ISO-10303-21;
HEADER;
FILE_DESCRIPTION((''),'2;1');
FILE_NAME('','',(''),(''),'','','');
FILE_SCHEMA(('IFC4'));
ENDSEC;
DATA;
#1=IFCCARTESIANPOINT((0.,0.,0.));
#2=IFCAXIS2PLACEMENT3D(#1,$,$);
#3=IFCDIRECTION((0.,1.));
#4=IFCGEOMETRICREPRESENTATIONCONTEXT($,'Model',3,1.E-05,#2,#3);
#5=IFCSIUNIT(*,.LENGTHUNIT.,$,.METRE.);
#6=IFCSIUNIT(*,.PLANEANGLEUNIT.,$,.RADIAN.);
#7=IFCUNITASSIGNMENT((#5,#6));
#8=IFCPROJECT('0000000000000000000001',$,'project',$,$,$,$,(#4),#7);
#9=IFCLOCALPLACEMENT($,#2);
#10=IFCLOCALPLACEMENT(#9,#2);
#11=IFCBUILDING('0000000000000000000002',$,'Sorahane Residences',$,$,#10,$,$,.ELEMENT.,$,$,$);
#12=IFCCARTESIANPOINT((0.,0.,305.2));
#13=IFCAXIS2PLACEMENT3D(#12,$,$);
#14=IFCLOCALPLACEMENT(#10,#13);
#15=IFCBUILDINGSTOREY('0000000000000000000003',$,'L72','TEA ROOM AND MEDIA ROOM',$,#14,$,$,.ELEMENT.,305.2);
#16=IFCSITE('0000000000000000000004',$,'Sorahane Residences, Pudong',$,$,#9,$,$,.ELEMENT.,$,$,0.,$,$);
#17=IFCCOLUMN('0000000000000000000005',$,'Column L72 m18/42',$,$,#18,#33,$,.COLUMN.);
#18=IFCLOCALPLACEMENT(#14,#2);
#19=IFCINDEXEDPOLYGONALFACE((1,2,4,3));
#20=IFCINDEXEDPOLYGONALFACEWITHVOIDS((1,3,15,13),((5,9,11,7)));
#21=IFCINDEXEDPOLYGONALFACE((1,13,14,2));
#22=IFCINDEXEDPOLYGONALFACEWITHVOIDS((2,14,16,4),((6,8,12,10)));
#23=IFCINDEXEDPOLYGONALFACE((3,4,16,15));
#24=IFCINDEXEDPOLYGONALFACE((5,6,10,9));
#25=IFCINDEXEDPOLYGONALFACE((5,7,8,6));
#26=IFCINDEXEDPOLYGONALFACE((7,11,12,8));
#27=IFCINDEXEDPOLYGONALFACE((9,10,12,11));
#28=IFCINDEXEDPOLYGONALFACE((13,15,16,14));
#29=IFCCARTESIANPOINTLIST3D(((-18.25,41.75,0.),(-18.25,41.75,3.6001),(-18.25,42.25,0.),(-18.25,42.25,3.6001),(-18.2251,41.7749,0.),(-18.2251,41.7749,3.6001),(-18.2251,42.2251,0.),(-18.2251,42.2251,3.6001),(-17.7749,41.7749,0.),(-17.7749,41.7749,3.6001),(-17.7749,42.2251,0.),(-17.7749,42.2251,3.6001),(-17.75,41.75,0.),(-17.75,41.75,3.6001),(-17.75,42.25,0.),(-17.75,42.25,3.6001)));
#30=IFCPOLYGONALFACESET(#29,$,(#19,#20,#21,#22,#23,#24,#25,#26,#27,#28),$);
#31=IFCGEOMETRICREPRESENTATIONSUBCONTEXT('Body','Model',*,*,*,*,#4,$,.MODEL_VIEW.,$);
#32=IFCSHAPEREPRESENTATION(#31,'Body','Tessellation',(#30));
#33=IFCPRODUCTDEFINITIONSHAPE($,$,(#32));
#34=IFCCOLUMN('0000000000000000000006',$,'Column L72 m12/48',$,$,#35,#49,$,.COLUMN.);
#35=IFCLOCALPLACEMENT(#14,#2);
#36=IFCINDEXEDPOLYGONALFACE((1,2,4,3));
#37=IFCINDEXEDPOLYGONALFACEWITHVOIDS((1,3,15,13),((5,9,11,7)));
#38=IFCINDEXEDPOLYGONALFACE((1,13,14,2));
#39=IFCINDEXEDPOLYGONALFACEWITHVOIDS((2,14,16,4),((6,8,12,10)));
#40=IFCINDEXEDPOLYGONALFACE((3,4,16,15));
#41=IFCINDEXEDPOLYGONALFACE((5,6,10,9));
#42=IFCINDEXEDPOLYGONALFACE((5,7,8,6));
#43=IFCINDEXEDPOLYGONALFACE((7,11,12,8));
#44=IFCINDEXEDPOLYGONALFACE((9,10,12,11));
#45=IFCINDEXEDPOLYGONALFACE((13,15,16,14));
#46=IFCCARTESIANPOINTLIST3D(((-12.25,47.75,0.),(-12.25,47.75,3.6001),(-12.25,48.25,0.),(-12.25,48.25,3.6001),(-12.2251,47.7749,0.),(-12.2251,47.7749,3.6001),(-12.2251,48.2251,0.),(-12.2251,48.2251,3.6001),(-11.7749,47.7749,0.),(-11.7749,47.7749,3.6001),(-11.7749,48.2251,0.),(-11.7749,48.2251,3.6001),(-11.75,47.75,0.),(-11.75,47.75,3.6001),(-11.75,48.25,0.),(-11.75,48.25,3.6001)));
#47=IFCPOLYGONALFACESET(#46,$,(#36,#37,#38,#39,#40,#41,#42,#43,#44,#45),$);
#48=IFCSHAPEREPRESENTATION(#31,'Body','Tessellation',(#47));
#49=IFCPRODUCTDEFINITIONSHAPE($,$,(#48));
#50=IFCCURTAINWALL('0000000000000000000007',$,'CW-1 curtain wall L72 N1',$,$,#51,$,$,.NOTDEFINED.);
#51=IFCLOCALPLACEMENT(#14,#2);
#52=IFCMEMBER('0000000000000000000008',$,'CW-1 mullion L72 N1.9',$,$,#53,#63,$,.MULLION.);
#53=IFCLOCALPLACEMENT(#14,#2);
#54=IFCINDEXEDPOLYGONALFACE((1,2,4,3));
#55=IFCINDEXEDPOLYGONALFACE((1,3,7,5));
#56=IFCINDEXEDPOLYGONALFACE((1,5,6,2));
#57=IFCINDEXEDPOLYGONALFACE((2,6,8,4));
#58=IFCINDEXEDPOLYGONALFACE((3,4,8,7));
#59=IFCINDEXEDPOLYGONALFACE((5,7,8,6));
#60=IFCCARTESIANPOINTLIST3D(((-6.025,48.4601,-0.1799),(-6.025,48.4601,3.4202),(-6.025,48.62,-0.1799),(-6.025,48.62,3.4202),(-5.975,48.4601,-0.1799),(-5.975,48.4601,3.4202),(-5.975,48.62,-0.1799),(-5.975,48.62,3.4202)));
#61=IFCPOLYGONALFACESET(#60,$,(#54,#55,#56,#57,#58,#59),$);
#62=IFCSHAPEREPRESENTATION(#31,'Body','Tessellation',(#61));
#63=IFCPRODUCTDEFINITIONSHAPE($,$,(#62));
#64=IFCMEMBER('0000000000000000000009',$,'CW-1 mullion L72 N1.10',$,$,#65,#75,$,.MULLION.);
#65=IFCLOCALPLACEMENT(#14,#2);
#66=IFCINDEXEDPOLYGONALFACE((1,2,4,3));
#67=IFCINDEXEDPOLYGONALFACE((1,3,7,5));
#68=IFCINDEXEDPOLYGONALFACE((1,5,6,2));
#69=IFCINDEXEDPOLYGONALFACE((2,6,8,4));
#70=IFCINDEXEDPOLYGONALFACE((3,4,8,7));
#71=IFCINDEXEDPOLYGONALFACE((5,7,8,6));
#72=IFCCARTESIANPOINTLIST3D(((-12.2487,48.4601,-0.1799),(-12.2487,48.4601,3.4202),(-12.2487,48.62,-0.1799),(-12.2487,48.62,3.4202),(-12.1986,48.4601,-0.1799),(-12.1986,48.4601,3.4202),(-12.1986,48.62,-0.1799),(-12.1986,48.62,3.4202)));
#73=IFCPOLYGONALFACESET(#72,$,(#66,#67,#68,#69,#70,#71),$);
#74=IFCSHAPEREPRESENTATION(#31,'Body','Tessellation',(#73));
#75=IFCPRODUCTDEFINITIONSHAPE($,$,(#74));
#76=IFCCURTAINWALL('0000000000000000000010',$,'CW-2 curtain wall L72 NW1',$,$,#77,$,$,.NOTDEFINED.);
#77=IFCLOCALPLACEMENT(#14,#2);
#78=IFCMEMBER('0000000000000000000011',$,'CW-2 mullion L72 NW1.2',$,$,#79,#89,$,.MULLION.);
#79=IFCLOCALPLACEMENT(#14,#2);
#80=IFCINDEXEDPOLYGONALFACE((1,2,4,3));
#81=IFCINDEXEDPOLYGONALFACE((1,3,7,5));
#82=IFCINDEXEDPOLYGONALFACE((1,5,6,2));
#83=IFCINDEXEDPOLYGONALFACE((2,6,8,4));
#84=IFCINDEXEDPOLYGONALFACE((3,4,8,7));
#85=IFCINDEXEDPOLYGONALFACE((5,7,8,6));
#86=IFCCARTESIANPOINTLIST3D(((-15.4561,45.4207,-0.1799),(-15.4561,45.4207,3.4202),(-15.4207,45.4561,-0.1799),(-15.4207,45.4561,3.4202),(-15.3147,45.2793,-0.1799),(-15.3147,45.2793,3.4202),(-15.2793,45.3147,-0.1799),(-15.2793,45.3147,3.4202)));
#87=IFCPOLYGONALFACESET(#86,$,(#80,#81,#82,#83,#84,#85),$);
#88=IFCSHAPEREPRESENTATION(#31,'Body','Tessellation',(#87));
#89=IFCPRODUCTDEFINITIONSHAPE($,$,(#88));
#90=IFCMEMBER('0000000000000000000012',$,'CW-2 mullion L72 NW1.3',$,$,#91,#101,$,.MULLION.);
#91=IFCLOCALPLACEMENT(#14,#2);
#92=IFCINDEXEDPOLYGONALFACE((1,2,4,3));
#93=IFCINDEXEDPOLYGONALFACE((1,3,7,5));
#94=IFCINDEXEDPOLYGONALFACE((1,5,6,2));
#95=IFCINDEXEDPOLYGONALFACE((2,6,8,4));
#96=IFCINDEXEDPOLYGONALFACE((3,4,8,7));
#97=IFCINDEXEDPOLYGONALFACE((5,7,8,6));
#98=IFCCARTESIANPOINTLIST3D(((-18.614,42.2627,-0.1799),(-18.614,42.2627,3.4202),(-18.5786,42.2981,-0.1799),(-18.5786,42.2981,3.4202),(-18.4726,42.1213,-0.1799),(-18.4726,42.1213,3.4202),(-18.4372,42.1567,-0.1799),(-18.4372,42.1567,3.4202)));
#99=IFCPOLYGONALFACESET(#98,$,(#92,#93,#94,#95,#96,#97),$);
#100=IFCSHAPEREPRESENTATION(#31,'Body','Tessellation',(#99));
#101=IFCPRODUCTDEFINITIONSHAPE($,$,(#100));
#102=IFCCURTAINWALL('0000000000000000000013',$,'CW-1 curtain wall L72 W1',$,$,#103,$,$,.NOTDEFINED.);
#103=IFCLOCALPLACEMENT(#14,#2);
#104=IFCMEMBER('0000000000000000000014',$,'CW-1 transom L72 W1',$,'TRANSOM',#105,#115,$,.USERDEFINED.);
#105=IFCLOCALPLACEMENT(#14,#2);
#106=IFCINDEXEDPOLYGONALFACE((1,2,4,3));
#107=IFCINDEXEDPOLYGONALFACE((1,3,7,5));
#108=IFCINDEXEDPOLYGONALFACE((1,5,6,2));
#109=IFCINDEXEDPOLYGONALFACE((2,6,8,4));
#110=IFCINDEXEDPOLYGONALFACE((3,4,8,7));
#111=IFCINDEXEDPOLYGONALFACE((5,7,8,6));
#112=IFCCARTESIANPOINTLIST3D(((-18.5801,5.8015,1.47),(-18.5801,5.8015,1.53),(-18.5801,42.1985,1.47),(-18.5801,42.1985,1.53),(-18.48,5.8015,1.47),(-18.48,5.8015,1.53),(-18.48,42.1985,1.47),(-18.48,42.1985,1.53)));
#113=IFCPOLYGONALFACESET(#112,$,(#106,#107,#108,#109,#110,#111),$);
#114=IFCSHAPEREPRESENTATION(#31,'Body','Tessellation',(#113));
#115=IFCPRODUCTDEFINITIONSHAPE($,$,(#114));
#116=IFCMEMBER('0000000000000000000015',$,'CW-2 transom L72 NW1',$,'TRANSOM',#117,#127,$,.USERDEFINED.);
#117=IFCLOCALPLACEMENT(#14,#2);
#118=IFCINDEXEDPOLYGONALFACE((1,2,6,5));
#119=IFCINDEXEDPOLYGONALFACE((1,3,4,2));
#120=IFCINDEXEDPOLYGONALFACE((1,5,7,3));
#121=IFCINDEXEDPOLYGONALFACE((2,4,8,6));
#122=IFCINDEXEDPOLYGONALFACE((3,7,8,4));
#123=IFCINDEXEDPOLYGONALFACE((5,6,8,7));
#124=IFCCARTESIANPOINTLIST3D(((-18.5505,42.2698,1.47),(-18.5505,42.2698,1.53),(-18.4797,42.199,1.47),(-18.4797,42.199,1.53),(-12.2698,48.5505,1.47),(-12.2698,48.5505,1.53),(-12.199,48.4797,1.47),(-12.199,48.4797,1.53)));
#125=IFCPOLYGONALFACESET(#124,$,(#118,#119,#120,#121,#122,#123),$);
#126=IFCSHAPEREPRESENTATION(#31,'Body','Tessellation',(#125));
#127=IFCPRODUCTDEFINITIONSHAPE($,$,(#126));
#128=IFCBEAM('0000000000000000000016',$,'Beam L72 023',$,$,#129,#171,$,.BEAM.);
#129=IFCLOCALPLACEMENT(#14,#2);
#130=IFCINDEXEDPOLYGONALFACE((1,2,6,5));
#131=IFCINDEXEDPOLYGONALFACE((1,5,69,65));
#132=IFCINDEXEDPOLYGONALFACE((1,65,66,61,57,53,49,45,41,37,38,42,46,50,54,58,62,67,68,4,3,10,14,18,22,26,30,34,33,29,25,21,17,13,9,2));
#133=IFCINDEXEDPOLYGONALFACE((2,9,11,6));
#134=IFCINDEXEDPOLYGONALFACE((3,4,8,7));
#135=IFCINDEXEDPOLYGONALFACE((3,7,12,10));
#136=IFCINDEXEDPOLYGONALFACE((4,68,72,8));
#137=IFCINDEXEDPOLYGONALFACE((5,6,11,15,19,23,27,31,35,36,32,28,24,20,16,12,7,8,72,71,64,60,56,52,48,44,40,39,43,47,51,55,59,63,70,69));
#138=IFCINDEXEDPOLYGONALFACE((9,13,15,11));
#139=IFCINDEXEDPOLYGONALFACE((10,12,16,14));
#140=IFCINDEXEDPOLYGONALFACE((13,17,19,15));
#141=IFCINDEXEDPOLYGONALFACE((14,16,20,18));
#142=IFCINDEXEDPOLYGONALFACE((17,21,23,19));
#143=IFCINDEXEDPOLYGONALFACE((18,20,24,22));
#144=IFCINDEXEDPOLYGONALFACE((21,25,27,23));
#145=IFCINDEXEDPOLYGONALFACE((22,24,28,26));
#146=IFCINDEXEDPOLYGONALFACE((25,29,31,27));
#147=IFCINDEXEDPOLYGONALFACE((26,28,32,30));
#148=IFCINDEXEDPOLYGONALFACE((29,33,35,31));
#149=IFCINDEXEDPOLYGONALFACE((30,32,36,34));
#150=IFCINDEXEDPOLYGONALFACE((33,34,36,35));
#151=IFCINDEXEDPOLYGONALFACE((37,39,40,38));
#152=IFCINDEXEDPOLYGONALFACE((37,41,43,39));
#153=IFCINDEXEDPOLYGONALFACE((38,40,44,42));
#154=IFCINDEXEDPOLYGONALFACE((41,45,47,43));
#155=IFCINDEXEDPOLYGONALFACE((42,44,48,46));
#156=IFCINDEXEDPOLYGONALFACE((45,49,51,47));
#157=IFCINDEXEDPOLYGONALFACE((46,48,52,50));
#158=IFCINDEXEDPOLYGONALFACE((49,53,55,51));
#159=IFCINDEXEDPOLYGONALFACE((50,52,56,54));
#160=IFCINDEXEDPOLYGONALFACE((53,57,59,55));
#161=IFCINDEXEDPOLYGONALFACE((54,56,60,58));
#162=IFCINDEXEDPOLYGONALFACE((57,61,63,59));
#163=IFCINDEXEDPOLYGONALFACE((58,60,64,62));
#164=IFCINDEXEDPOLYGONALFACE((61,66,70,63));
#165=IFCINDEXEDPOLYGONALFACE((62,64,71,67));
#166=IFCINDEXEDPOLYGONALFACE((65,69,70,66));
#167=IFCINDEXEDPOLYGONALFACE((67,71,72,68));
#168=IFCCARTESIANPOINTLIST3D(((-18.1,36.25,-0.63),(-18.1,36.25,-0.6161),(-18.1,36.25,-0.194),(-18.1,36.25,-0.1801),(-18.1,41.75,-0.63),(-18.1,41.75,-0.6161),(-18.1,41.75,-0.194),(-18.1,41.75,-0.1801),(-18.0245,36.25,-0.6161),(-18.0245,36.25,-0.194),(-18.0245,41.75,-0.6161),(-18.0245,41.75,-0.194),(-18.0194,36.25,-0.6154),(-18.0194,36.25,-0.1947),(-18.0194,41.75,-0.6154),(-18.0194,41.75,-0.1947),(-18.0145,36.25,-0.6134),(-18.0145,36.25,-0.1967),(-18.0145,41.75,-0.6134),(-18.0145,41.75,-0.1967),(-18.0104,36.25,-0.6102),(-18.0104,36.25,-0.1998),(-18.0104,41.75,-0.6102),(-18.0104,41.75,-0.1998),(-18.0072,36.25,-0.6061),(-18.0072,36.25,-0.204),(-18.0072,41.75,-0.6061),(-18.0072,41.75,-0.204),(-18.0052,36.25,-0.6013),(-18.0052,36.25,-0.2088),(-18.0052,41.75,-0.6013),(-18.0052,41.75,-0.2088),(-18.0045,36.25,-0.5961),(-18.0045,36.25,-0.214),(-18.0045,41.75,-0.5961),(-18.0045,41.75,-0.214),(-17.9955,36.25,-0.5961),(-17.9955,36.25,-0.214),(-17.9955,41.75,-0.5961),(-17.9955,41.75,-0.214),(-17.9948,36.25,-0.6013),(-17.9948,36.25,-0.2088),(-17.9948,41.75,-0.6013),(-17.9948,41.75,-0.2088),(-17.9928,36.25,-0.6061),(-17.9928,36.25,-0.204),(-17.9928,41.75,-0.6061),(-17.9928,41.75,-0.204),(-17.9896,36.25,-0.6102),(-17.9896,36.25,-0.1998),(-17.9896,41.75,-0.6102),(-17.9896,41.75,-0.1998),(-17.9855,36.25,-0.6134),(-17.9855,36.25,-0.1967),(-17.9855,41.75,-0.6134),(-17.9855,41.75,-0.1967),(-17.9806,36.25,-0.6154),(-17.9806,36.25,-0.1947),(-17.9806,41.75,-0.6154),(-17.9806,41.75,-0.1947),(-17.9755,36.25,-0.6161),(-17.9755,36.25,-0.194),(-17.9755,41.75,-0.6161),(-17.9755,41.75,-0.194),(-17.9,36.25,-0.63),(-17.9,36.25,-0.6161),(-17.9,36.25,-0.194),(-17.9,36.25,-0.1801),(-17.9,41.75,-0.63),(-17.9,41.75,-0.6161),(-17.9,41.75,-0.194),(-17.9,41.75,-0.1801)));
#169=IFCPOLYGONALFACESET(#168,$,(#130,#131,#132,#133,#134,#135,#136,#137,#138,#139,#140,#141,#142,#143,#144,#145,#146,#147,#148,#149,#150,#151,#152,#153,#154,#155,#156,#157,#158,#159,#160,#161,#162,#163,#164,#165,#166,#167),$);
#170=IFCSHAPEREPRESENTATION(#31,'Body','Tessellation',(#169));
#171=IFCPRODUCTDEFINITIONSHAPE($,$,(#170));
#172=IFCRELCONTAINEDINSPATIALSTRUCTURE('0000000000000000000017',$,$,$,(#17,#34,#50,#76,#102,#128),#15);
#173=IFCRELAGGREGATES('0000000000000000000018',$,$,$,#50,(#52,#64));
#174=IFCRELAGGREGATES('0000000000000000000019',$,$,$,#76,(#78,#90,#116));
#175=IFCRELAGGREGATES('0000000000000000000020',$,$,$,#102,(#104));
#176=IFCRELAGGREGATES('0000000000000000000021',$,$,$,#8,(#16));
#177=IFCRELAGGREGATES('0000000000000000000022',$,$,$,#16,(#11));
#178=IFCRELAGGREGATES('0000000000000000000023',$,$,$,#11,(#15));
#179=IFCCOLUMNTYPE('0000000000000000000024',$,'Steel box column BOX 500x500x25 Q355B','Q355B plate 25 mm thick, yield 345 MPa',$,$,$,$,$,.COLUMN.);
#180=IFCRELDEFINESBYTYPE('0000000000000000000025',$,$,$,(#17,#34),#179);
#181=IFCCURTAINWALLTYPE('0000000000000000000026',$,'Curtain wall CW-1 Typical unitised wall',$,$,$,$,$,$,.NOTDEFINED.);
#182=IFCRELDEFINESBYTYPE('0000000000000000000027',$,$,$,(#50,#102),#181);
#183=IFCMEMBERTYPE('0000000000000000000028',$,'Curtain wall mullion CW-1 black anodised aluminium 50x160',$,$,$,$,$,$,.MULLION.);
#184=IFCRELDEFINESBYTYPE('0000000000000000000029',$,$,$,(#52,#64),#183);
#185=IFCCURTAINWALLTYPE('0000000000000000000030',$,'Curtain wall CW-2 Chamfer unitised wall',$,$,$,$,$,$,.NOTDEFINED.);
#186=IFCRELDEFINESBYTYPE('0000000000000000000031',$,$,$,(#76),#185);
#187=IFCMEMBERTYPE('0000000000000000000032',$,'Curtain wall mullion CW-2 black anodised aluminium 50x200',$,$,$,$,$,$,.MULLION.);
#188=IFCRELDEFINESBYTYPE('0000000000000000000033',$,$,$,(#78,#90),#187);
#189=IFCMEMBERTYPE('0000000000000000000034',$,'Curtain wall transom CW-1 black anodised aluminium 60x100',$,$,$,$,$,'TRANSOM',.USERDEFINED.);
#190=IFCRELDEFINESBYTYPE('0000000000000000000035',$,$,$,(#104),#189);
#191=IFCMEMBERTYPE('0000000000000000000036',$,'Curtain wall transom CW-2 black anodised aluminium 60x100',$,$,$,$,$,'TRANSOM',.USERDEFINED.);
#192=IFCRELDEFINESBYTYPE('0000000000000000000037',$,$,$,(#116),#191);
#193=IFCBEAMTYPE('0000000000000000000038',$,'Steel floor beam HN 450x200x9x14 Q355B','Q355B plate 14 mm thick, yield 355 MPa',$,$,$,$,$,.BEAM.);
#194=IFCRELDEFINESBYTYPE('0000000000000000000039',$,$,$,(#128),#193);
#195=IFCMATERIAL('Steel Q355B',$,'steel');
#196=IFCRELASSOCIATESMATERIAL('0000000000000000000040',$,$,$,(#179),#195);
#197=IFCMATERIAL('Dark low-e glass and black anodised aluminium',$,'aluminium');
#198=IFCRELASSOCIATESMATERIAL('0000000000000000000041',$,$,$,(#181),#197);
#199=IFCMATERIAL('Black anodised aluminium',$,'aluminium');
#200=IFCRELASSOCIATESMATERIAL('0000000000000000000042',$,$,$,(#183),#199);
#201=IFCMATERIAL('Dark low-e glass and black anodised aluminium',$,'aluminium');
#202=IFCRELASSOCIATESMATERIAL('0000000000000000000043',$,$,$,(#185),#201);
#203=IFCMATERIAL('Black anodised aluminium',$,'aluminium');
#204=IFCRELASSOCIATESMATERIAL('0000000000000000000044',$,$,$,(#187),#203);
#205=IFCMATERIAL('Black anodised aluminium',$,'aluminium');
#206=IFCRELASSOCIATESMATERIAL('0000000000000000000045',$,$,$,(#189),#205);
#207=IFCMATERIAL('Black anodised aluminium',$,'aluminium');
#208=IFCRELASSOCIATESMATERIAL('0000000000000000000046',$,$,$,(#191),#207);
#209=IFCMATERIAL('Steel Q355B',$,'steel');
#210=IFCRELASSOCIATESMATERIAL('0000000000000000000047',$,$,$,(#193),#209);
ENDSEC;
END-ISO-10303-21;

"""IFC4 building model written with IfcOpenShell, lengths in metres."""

from ifc_helpers import new_model, si_unit, direction, frame, origin, origin_2d, place, context, subcontext, project, spatial, rectangle, hollow_rectangle, i_section, extrude, material, material_profile, profile_set, type_object, element, aggregate, save


model = new_model("IFC4")

# Units and contexts
model_context = context("Model", 3, precision=1e-05, world=origin(), true_north=direction((0.0, 1.0)))
body_context = subcontext(model_context, "Body", "Model", "MODEL_VIEW")
ifc_project = project(units=[si_unit("LENGTHUNIT", "METRE"), si_unit("PLANEANGLEUNIT", "RADIAN")], contexts=[model_context])

# Site, building, storey
site_placement = place(None, origin())
site = spatial("IfcSite", under=ifc_project, at=site_placement, Name="Sorahane Residences, Pudong", CompositionType="ELEMENT", RefElevation=0.0)
building_placement = place(site_placement, origin())
building = spatial("IfcBuilding", under=site, at=building_placement, Name="Sorahane Residences", CompositionType="ELEMENT")
storey_placement = place(building_placement, frame((0.0, 0.0, 305.2)))
storey = spatial("IfcBuildingStorey", under=building, at=storey_placement, Name="L72", Description="TEA ROOM AND MEDIA ROOM", CompositionType="ELEMENT", Elevation=305.2)

# Columns
ifc_material_1 = material(Name="Steel Q355B", Category="steel")
ifc_material_profile_1 = material_profile(ifc_material_1, hollow_rectangle(XDim=0.5, YDim=0.5, WallThickness=0.0249, at=origin_2d()), Name="BOX 500x500x25")
ifc_profile_set_1 = profile_set([ifc_material_profile_1], Name="Steel Q355B")
column_type = type_object("IfcColumnType", Name="Steel box column BOX 500x500x25 Q355B", Description="Q355B plate 25 mm thick, yield 345 MPa", PredefinedType="COLUMN", material=ifc_profile_set_1)
for number, where, z_axis, x_axis, name in (
    (1, (-18.0, 42.0, 0.0), (0.0, 0.0, 1.0), (1.0, 0.0, 0.0), "Column L72 m18/42"),
    (2, (-12.0, 48.0, 0.0), (0.0, 0.0, 1.0), (1.0, 0.0, 0.0), "Column L72 m12/48"),
):
    element("IfcColumn", number, at=place(storey_placement, frame(where, z_axis=z_axis, x_axis=x_axis)), inside=storey, type_object=column_type, Name=name, PredefinedType="COLUMN", context=body_context, shape_type="SweptSolid", body=[
        extrude(hollow_rectangle(XDim=0.5, YDim=0.5, WallThickness=0.0249, at=origin_2d()), origin(), (0.0, 0.0, 1.0), 3.6001),
    ])

# Curtain walls, members
ifc_material_2 = material(Name="Dark low-e glass and black anodised aluminium", Category="aluminium")
curtain_wall_type_1 = type_object("IfcCurtainWallType", Name="Curtain wall CW-1 Typical unitised wall", PredefinedType="NOTDEFINED", material=ifc_material_2)
curtain_wall_1_placement = place(storey_placement, origin())
curtain_wall_1 = element("IfcCurtainWall", 3, at=curtain_wall_1_placement, inside=storey, type_object=curtain_wall_type_1, Name="CW-1 curtain wall L72 N1", PredefinedType="NOTDEFINED")
ifc_material_3 = material(Name="Black anodised aluminium", Category="aluminium")
ifc_material_profile_2 = material_profile(ifc_material_3, rectangle(XDim=0.1599, YDim=0.05, at=origin_2d()), Name="Curtain wall mullion CW-1 black anodised aluminium 50x160")
ifc_profile_set_2 = profile_set([ifc_material_profile_2], Name="Black anodised aluminium")
member_type_1 = type_object("IfcMemberType", Name="Curtain wall mullion CW-1 black anodised aluminium 50x160", PredefinedType="MULLION", material=ifc_profile_set_2)
member_1_placement = place(storey_placement, frame((-6.0, 48.54, -0.1799), z_axis=(0.0, 0.0, 1.0), x_axis=(0.0, 1.0, 0.0)))
member_1 = element("IfcMember", 4, at=member_1_placement, type_object=member_type_1, Name="CW-1 mullion L72 N1.9", PredefinedType="MULLION", context=body_context, shape_type="SweptSolid", body=[
    extrude(rectangle(XDim=0.1599, YDim=0.05, at=origin_2d()), origin(), (0.0, 0.0, 1.0), 3.6001),
])
member_2_placement = place(storey_placement, frame((-12.2236, 48.54, -0.1799), z_axis=(0.0, 0.0, 1.0), x_axis=(0.0, 1.0, 0.0)))
member_2 = element("IfcMember", 5, at=member_2_placement, type_object=member_type_1, Name="CW-1 mullion L72 N1.10", PredefinedType="MULLION", context=body_context, shape_type="SweptSolid", body=[
    extrude(rectangle(XDim=0.1599, YDim=0.05, at=origin_2d()), origin(), (0.0, 0.0, 1.0), 3.6001),
])
ifc_material_4 = material(Name="Dark low-e glass and black anodised aluminium", Category="aluminium")
curtain_wall_type_2 = type_object("IfcCurtainWallType", Name="Curtain wall CW-2 Chamfer unitised wall", PredefinedType="NOTDEFINED", material=ifc_material_4)
curtain_wall_2_placement = place(storey_placement, origin())
curtain_wall_2 = element("IfcCurtainWall", 6, at=curtain_wall_2_placement, inside=storey, type_object=curtain_wall_type_2, Name="CW-2 curtain wall L72 NW1", PredefinedType="NOTDEFINED")
ifc_material_5 = material(Name="Black anodised aluminium", Category="aluminium")
ifc_material_profile_3 = material_profile(ifc_material_5, rectangle(XDim=0.2, YDim=0.05, at=origin_2d()), Name="Curtain wall mullion CW-2 black anodised aluminium 50x200")
ifc_profile_set_3 = profile_set([ifc_material_profile_3], Name="Black anodised aluminium")
member_type_2 = type_object("IfcMemberType", Name="Curtain wall mullion CW-2 black anodised aluminium 50x200", PredefinedType="MULLION", material=ifc_profile_set_3)
member_3_placement = place(storey_placement, frame((-15.3677, 45.3677, -0.1799), z_axis=(0.0, 0.0, 1.0), x_axis=(-0.707107, 0.707107, 0.0)))
member_3 = element("IfcMember", 7, at=member_3_placement, type_object=member_type_2, Name="CW-2 mullion L72 NW1.2", PredefinedType="MULLION", context=body_context, shape_type="SweptSolid", body=[
    extrude(rectangle(XDim=0.2, YDim=0.05, at=origin_2d()), origin(), (0.0, 0.0, 1.0), 3.6001),
])
member_4_placement = place(storey_placement, frame((-18.5256, 42.2097, -0.1799), z_axis=(0.0, 0.0, 1.0), x_axis=(-0.707107, 0.707107, 0.0)))
member_4 = element("IfcMember", 8, at=member_4_placement, type_object=member_type_2, Name="CW-2 mullion L72 NW1.3", PredefinedType="MULLION", context=body_context, shape_type="SweptSolid", body=[
    extrude(rectangle(XDim=0.2, YDim=0.05, at=origin_2d()), origin(), (0.0, 0.0, 1.0), 3.6001),
])

# Curtain wall, member
curtain_wall_3_placement = place(storey_placement, origin())
curtain_wall_3 = element("IfcCurtainWall", 9, at=curtain_wall_3_placement, inside=storey, type_object=curtain_wall_type_1, Name="CW-1 curtain wall L72 W1", PredefinedType="NOTDEFINED")
ifc_material_6 = material(Name="Black anodised aluminium", Category="aluminium")
ifc_material_profile_4 = material_profile(ifc_material_6, rectangle(XDim=0.1001, YDim=0.0601, at=origin_2d()), Name="Curtain wall transom CW-1 black anodised aluminium 60x100")
ifc_profile_set_4 = profile_set([ifc_material_profile_4], Name="Black anodised aluminium")
member_type_3 = type_object("IfcMemberType", Name="Curtain wall transom CW-1 black anodised aluminium 60x100", ElementType="TRANSOM", PredefinedType="USERDEFINED", material=ifc_profile_set_4)
member_5_placement = place(storey_placement, frame((-18.53, 42.1985, 1.5), z_axis=(0.0, -1.0, 0.0), x_axis=(1.0, 0.0, 0.0)))
member_5 = element("IfcMember", 10, at=member_5_placement, type_object=member_type_3, Name="CW-1 transom L72 W1", ObjectType="TRANSOM", PredefinedType="USERDEFINED", context=body_context, shape_type="SweptSolid", body=[
    extrude(rectangle(XDim=0.1001, YDim=0.0601, at=origin_2d()), origin(), (0.0, 0.0, 1.0), 36.397),
])

# Member
ifc_material_7 = material(Name="Black anodised aluminium", Category="aluminium")
ifc_material_profile_5 = material_profile(ifc_material_7, rectangle(XDim=0.1001, YDim=0.0601, at=origin_2d()), Name="Curtain wall transom CW-2 black anodised aluminium 60x100")
ifc_profile_set_5 = profile_set([ifc_material_profile_5], Name="Black anodised aluminium")
member_type_4 = type_object("IfcMemberType", Name="Curtain wall transom CW-2 black anodised aluminium 60x100", ElementType="TRANSOM", PredefinedType="USERDEFINED", material=ifc_profile_set_5)
member_6_placement = place(storey_placement, frame((-12.2344, 48.5151, 1.5), z_axis=(-0.707107, -0.707107, 0.0), x_axis=(0.707107, -0.707107, 0.0)))
member_6 = element("IfcMember", 11, at=member_6_placement, type_object=member_type_4, Name="CW-2 transom L72 NW1", ObjectType="TRANSOM", PredefinedType="USERDEFINED", context=body_context, shape_type="SweptSolid", body=[
    extrude(rectangle(XDim=0.1001, YDim=0.0601, at=origin_2d()), origin(), (0.0, 0.0, 1.0), 8.8823),
])

# Beam
ifc_material_8 = material(Name="Steel Q355B", Category="steel")
ifc_material_profile_6 = material_profile(ifc_material_8, i_section(OverallWidth=0.2, OverallDepth=0.45, WebThickness=0.009, FlangeThickness=0.0139, FilletRadius=0.02, at=origin_2d()), Name="HN 450x200x9x14")
ifc_profile_set_6 = profile_set([ifc_material_profile_6], Name="Steel Q355B")
beam_type_1 = type_object("IfcBeamType", Name="Steel floor beam HN 450x200x9x14 Q355B", Description="Q355B plate 14 mm thick, yield 355 MPa", PredefinedType="BEAM", material=ifc_profile_set_6)
beam_1_placement = place(storey_placement, frame((-18.0, 36.25, -0.405), z_axis=(0.0, 1.0, 0.0), x_axis=(-1.0, 0.0, 0.0)))
element("IfcBeam", 12, at=beam_1_placement, inside=storey, type_object=beam_type_1, Name="Beam L72 023", PredefinedType="BEAM", context=body_context, shape_type="SweptSolid", body=[
    extrude(i_section(OverallWidth=0.2, OverallDepth=0.45, WebThickness=0.009, FlangeThickness=0.0139, FilletRadius=0.02, at=origin_2d()), origin(), (0.0, 0.0, 1.0), 5.5),
])

aggregate(curtain_wall_1, [member_1, member_2])
aggregate(curtain_wall_2, [member_3, member_4, member_6])
aggregate(curtain_wall_3, [member_5])

save(model, "model.ifc")
